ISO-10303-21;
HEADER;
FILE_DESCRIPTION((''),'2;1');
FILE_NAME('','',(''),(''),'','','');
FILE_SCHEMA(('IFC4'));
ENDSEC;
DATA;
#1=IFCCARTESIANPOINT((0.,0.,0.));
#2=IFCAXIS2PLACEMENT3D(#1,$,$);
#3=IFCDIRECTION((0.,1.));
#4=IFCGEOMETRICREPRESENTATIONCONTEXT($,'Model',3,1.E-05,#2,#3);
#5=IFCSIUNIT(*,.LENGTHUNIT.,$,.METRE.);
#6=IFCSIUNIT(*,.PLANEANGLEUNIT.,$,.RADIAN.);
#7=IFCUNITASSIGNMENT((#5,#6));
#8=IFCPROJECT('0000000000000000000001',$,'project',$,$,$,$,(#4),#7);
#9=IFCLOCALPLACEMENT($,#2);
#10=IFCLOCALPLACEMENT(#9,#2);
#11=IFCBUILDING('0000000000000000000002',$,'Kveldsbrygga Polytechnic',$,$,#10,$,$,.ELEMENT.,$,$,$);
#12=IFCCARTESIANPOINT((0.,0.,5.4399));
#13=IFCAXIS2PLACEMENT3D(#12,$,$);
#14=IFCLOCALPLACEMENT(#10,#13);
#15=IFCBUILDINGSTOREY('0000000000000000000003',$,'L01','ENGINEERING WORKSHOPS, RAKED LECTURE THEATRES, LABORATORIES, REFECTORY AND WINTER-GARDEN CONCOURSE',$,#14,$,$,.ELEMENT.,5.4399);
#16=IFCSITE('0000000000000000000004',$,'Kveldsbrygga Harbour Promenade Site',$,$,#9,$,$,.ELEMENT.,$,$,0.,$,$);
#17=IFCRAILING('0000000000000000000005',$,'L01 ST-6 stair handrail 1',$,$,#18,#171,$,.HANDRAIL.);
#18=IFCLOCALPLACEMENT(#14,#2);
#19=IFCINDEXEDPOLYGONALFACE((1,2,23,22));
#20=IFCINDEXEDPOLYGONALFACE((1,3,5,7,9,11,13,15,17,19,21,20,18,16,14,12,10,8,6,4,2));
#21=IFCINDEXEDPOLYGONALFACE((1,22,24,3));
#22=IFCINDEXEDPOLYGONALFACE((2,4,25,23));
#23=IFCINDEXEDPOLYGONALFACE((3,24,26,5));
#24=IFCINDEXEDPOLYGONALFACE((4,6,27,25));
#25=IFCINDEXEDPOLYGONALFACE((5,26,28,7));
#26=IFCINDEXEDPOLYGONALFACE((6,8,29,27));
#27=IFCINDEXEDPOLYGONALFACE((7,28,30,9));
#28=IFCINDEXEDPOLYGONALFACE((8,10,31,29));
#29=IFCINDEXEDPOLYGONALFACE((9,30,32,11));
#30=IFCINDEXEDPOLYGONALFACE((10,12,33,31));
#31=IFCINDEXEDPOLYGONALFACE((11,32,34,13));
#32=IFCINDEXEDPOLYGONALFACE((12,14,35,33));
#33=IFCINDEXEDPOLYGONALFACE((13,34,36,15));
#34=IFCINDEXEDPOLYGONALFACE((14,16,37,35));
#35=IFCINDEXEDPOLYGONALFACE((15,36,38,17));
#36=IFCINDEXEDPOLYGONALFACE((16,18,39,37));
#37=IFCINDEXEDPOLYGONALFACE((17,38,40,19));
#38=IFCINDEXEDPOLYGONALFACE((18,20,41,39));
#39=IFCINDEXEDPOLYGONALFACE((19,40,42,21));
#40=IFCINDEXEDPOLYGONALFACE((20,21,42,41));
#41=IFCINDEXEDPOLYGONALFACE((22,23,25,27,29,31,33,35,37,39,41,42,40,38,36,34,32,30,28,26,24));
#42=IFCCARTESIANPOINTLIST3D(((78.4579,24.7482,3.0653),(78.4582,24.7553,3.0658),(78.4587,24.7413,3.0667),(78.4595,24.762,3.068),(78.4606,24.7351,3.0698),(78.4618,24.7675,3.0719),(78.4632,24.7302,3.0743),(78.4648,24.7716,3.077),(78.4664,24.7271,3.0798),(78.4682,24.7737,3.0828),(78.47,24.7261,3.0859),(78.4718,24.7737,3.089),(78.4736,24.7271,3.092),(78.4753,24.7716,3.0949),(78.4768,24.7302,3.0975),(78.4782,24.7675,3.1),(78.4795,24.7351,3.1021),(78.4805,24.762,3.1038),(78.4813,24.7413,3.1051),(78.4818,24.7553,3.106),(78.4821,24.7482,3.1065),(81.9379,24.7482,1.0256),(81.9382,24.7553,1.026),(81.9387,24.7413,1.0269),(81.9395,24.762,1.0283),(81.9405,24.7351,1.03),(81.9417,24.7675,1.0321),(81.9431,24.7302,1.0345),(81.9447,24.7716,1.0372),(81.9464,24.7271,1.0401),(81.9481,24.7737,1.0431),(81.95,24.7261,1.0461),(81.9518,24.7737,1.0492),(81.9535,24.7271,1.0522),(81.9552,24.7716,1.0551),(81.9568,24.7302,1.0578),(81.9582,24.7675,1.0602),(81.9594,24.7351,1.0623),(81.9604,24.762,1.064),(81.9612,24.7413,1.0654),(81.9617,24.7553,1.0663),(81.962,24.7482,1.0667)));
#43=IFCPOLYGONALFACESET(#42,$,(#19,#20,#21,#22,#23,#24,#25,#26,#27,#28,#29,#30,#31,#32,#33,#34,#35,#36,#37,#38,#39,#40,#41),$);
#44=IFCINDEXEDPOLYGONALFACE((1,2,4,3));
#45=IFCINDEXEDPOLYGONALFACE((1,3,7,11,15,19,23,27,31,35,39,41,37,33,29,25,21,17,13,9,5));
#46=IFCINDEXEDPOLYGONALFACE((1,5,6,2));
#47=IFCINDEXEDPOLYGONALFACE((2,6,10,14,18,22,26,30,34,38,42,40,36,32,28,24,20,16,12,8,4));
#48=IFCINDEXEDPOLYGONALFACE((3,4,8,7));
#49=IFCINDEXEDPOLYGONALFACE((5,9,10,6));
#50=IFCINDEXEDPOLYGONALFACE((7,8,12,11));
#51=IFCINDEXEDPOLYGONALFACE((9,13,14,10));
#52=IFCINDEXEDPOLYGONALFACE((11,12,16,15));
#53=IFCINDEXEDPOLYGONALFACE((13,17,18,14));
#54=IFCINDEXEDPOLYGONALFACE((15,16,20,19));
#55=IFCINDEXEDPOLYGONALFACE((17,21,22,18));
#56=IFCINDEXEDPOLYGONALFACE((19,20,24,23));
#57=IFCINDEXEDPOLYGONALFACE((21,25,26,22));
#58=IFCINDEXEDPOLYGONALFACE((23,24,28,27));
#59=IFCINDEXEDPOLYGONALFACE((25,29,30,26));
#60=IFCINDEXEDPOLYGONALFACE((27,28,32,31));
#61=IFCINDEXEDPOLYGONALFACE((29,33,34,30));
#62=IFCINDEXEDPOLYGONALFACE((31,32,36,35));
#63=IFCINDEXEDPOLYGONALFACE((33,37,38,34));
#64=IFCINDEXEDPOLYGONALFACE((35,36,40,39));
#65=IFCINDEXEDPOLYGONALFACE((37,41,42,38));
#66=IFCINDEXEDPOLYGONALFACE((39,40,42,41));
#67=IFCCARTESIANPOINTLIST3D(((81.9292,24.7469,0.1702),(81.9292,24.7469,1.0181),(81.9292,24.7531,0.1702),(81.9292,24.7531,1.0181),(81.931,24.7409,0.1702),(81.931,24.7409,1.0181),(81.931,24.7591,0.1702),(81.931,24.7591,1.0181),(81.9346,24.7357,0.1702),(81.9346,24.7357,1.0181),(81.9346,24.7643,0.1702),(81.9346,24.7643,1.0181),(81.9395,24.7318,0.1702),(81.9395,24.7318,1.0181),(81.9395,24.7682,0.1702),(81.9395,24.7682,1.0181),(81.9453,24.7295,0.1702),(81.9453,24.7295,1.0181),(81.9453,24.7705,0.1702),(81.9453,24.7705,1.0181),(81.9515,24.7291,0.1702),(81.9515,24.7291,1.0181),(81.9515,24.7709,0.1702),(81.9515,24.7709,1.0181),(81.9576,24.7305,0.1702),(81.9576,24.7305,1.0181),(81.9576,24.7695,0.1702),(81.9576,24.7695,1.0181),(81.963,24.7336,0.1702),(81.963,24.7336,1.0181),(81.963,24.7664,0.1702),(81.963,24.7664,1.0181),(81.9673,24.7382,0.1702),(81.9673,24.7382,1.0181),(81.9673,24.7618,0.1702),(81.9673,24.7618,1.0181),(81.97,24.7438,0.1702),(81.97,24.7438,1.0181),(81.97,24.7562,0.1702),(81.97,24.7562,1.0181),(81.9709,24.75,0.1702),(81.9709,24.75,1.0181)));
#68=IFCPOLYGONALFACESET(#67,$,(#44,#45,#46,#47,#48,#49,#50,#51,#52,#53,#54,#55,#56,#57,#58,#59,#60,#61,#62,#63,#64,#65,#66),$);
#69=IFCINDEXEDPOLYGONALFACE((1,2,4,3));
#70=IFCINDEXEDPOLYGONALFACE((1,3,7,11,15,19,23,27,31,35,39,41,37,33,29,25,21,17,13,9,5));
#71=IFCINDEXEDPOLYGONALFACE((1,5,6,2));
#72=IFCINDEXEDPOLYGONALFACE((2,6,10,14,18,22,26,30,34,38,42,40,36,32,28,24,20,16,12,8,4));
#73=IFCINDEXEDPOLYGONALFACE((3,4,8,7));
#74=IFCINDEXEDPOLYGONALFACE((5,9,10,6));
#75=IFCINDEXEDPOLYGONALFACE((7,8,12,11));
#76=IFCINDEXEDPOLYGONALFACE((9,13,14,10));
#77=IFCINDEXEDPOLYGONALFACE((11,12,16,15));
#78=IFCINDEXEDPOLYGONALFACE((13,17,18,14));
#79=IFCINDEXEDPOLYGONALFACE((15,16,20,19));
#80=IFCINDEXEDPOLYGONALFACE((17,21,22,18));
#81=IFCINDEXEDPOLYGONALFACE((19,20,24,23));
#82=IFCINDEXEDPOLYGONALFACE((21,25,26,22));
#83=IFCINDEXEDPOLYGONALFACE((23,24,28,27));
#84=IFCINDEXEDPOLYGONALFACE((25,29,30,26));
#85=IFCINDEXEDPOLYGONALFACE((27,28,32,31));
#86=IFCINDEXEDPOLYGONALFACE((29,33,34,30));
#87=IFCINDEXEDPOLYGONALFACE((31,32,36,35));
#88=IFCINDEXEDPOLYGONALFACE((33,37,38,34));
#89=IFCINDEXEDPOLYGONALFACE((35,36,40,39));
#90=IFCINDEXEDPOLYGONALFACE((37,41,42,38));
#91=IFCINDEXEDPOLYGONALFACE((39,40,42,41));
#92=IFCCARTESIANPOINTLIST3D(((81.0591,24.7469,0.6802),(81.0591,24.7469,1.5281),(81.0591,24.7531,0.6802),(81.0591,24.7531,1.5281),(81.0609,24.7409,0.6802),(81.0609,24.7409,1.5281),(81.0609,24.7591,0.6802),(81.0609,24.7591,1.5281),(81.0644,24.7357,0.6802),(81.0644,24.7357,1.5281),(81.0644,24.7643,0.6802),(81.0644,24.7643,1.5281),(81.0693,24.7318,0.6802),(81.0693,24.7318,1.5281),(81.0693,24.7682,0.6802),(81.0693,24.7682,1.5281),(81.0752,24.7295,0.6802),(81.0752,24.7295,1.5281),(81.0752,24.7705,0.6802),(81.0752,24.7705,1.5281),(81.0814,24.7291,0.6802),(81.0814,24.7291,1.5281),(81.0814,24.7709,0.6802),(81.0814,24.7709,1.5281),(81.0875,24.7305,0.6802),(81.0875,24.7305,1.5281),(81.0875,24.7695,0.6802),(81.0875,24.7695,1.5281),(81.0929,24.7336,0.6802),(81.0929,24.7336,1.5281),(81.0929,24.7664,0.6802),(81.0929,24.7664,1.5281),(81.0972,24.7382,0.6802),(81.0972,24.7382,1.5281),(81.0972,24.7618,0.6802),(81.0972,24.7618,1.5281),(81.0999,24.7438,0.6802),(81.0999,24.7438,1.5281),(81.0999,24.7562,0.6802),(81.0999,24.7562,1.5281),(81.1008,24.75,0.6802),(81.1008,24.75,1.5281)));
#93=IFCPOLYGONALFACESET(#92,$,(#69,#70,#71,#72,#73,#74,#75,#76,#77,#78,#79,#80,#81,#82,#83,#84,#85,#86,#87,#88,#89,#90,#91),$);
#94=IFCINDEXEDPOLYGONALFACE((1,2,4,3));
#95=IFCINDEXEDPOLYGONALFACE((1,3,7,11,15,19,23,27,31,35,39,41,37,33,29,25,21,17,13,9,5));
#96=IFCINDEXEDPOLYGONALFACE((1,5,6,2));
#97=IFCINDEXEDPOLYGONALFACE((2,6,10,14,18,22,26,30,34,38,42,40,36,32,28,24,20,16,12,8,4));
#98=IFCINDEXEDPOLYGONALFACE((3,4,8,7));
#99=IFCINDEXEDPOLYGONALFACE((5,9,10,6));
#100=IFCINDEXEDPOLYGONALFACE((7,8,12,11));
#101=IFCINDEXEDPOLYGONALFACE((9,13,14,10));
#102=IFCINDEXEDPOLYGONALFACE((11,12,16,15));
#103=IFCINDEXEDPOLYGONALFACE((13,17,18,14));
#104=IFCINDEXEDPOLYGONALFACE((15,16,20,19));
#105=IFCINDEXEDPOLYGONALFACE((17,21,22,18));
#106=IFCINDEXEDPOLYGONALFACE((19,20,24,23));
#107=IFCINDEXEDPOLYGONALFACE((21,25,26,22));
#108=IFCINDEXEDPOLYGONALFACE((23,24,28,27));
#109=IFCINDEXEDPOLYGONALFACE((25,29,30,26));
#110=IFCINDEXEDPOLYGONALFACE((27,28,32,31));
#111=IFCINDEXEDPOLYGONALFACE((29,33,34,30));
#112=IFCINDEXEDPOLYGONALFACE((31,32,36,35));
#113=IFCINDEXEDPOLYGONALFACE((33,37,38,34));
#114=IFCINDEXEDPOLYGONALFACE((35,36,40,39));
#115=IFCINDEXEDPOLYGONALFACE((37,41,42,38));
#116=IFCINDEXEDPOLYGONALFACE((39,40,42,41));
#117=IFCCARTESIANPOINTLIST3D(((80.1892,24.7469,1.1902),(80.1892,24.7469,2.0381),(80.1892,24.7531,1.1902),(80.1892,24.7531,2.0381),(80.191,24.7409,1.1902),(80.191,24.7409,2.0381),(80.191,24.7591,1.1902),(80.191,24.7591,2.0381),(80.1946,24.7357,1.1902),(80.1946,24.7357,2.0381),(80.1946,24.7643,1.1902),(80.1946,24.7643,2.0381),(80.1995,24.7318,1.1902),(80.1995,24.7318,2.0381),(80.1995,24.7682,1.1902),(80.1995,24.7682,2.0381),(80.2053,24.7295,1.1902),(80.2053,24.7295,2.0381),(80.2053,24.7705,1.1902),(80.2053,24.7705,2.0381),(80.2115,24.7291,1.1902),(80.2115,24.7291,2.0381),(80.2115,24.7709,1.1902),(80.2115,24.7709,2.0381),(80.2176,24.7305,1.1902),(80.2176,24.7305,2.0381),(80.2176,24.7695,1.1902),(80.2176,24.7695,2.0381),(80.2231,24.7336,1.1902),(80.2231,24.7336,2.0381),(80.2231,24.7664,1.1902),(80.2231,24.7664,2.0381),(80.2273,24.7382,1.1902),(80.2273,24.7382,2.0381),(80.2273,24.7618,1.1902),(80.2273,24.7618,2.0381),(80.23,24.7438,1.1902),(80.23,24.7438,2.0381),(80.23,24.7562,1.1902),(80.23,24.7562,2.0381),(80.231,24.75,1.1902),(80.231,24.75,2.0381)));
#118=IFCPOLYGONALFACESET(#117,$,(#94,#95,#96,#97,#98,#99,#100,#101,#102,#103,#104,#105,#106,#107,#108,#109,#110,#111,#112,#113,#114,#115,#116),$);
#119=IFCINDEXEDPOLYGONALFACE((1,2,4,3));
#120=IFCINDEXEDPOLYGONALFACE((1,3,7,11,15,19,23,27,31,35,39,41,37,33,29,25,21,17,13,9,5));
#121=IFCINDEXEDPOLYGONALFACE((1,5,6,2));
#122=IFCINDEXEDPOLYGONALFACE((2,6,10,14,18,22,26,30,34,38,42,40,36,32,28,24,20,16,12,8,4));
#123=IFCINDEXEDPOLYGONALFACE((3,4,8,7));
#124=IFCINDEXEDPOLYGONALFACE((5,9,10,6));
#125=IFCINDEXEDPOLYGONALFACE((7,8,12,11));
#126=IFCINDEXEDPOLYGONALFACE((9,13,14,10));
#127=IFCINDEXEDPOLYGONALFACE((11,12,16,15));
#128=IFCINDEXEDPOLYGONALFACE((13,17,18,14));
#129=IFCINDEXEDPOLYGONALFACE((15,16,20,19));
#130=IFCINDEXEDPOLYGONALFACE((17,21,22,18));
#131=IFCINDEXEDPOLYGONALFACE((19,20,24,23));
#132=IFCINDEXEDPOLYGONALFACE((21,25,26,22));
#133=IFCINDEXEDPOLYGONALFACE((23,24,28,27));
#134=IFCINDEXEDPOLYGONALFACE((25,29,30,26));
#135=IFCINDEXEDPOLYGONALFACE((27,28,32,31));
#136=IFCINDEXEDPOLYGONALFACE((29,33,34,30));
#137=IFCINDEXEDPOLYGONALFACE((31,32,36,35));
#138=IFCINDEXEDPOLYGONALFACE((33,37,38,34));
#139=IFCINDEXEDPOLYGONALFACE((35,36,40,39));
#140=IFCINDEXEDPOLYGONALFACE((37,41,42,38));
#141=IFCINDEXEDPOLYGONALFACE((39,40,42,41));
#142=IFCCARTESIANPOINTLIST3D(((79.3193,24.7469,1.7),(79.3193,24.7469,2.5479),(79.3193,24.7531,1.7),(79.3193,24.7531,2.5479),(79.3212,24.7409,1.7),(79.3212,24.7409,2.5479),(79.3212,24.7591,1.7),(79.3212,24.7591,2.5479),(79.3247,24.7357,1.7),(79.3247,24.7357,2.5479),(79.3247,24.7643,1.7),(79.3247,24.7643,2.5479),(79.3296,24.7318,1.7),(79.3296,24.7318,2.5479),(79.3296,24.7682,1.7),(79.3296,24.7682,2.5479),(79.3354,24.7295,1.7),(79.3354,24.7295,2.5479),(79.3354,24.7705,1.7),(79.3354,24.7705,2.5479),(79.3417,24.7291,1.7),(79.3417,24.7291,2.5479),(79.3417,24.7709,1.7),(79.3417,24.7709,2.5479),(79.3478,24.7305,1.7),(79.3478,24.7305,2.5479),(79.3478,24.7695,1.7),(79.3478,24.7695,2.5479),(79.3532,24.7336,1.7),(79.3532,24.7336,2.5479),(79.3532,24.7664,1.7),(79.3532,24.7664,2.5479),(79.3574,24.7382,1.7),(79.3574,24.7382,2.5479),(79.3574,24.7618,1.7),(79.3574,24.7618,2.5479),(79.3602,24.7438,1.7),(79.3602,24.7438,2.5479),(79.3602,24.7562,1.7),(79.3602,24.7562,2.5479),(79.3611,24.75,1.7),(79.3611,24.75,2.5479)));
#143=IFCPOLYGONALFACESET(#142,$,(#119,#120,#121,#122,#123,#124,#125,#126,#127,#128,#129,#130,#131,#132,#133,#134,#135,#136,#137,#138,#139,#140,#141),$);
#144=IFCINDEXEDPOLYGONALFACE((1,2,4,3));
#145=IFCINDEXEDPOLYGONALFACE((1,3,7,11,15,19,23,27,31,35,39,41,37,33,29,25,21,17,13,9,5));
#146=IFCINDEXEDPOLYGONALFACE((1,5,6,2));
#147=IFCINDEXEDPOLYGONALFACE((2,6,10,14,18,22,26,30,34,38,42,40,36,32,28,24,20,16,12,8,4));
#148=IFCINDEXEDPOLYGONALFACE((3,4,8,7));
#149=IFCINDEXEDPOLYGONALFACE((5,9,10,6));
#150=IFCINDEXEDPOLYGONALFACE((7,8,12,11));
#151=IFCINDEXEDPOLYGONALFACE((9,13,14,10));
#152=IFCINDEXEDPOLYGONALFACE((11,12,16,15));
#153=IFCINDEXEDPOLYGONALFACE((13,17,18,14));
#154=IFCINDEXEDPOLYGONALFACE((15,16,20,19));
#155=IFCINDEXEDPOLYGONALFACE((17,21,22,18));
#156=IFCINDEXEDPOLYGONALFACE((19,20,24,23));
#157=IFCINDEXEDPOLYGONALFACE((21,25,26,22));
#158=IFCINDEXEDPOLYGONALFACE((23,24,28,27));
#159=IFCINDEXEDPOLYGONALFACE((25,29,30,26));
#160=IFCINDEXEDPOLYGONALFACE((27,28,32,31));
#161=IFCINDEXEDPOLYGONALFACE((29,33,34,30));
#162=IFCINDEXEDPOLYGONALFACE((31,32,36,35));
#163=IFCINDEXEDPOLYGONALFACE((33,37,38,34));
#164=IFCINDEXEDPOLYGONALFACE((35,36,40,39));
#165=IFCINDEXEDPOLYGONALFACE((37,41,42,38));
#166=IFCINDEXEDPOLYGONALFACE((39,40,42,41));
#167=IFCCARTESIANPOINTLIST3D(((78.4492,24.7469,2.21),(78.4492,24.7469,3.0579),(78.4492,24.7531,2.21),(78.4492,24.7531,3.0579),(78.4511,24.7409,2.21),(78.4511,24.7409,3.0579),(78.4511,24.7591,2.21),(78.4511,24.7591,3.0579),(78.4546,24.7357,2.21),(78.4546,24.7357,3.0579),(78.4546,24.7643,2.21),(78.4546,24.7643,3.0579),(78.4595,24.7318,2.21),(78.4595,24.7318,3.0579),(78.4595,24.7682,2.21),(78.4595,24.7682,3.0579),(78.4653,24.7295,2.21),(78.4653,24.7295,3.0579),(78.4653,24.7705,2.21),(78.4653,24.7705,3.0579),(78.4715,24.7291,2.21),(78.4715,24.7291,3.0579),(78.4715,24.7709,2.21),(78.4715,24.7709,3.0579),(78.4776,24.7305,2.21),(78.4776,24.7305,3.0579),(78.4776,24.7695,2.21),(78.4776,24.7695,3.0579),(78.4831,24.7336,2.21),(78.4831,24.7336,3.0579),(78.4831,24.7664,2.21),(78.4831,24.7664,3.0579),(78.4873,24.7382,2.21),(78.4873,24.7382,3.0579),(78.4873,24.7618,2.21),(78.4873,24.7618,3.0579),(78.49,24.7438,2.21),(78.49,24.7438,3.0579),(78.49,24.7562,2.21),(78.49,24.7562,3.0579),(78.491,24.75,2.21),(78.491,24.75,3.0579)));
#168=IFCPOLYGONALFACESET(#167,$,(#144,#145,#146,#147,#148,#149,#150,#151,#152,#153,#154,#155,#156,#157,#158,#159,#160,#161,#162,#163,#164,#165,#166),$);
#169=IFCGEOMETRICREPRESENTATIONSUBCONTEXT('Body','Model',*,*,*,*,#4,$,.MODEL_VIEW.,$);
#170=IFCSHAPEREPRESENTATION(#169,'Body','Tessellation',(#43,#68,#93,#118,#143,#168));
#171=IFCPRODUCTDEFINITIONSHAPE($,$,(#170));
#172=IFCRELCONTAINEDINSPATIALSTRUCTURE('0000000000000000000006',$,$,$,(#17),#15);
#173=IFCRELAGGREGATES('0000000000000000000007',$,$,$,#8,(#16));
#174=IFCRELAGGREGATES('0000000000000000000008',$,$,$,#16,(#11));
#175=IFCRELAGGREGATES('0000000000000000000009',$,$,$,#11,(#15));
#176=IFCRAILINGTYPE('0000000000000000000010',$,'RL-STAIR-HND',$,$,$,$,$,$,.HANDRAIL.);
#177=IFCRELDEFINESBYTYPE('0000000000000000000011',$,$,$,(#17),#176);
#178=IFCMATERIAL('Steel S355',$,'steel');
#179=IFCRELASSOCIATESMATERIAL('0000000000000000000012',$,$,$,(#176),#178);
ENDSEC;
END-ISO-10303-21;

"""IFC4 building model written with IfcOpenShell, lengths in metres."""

from ifc_helpers import new_model, si_unit, direction, frame, origin, origin_2d, place, context, subcontext, project, spatial, circle, extrude, material, type_object, element, save


model = new_model("IFC4")

# Units and contexts
model_context = context("Model", 3, precision=1e-05, world=origin(), true_north=direction((0.0, 1.0)))
body_context = subcontext(model_context, "Body", "Model", "MODEL_VIEW")
ifc_project = project(units=[si_unit("LENGTHUNIT", "METRE"), si_unit("PLANEANGLEUNIT", "RADIAN")], contexts=[model_context])

# Site, building, storey
site_placement = place(None, origin())
site = spatial("IfcSite", under=ifc_project, at=site_placement, Name="Kveldsbrygga Harbour Promenade Site", CompositionType="ELEMENT", RefElevation=0.0)
building_placement = place(site_placement, origin())
building = spatial("IfcBuilding", under=site, at=building_placement, Name="Kveldsbrygga Polytechnic", CompositionType="ELEMENT")
storey_placement = place(building_placement, frame((0.0, 0.0, 5.4399)))
storey = spatial("IfcBuildingStorey", under=building, at=storey_placement, Name="L01", Description="ENGINEERING WORKSHOPS, RAKED LECTURE THEATRES, LABORATORIES, REFECTORY AND WINTER-GARDEN CONCOURSE", CompositionType="ELEMENT", Elevation=5.4399)

# Shared definitions
ifc_material_1 = material(Name="Steel S355", Category="steel")

# Railing
railing_type = type_object("IfcRailingType", Name="RL-STAIR-HND", PredefinedType="HANDRAIL", material=ifc_material_1)
railing_placement = place(storey_placement, frame((81.95, 24.75, 0.1702)))
element("IfcRailing", 1, at=railing_placement, inside=storey, type_object=railing_type, Name="L01 ST-6 stair handrail 1", PredefinedType="HANDRAIL", context=body_context, shape_type="SweptSolid", body=[
    extrude(circle(Radius=0.0239, at=origin_2d()), frame((0.0, 0.0, 0.876), z_axis=(-0.862719, 0.0, 0.505684), x_axis=(0.0, -1.0, 0.0)), (0.0, 0.0, 1.0), 4.0337),
    extrude(circle(Radius=0.021, at=origin_2d()), origin(), (0.0, 0.0, 1.0), 0.8479),
    extrude(circle(Radius=0.021, at=origin_2d()), frame((-0.8701, 0.0, 0.51)), (0.0, 0.0, 1.0), 0.8479),
    extrude(circle(Radius=0.021, at=origin_2d()), frame((-1.74, 0.0, 1.02)), (0.0, 0.0, 1.0), 0.8479),
    extrude(circle(Radius=0.021, at=origin_2d()), frame((-2.6099, 0.0, 1.5298)), (0.0, 0.0, 1.0), 0.8479),
    extrude(circle(Radius=0.021, at=origin_2d()), frame((-3.48, 0.0, 2.0398)), (0.0, 0.0, 1.0), 0.8479),
])

save(model, "model.ifc")
